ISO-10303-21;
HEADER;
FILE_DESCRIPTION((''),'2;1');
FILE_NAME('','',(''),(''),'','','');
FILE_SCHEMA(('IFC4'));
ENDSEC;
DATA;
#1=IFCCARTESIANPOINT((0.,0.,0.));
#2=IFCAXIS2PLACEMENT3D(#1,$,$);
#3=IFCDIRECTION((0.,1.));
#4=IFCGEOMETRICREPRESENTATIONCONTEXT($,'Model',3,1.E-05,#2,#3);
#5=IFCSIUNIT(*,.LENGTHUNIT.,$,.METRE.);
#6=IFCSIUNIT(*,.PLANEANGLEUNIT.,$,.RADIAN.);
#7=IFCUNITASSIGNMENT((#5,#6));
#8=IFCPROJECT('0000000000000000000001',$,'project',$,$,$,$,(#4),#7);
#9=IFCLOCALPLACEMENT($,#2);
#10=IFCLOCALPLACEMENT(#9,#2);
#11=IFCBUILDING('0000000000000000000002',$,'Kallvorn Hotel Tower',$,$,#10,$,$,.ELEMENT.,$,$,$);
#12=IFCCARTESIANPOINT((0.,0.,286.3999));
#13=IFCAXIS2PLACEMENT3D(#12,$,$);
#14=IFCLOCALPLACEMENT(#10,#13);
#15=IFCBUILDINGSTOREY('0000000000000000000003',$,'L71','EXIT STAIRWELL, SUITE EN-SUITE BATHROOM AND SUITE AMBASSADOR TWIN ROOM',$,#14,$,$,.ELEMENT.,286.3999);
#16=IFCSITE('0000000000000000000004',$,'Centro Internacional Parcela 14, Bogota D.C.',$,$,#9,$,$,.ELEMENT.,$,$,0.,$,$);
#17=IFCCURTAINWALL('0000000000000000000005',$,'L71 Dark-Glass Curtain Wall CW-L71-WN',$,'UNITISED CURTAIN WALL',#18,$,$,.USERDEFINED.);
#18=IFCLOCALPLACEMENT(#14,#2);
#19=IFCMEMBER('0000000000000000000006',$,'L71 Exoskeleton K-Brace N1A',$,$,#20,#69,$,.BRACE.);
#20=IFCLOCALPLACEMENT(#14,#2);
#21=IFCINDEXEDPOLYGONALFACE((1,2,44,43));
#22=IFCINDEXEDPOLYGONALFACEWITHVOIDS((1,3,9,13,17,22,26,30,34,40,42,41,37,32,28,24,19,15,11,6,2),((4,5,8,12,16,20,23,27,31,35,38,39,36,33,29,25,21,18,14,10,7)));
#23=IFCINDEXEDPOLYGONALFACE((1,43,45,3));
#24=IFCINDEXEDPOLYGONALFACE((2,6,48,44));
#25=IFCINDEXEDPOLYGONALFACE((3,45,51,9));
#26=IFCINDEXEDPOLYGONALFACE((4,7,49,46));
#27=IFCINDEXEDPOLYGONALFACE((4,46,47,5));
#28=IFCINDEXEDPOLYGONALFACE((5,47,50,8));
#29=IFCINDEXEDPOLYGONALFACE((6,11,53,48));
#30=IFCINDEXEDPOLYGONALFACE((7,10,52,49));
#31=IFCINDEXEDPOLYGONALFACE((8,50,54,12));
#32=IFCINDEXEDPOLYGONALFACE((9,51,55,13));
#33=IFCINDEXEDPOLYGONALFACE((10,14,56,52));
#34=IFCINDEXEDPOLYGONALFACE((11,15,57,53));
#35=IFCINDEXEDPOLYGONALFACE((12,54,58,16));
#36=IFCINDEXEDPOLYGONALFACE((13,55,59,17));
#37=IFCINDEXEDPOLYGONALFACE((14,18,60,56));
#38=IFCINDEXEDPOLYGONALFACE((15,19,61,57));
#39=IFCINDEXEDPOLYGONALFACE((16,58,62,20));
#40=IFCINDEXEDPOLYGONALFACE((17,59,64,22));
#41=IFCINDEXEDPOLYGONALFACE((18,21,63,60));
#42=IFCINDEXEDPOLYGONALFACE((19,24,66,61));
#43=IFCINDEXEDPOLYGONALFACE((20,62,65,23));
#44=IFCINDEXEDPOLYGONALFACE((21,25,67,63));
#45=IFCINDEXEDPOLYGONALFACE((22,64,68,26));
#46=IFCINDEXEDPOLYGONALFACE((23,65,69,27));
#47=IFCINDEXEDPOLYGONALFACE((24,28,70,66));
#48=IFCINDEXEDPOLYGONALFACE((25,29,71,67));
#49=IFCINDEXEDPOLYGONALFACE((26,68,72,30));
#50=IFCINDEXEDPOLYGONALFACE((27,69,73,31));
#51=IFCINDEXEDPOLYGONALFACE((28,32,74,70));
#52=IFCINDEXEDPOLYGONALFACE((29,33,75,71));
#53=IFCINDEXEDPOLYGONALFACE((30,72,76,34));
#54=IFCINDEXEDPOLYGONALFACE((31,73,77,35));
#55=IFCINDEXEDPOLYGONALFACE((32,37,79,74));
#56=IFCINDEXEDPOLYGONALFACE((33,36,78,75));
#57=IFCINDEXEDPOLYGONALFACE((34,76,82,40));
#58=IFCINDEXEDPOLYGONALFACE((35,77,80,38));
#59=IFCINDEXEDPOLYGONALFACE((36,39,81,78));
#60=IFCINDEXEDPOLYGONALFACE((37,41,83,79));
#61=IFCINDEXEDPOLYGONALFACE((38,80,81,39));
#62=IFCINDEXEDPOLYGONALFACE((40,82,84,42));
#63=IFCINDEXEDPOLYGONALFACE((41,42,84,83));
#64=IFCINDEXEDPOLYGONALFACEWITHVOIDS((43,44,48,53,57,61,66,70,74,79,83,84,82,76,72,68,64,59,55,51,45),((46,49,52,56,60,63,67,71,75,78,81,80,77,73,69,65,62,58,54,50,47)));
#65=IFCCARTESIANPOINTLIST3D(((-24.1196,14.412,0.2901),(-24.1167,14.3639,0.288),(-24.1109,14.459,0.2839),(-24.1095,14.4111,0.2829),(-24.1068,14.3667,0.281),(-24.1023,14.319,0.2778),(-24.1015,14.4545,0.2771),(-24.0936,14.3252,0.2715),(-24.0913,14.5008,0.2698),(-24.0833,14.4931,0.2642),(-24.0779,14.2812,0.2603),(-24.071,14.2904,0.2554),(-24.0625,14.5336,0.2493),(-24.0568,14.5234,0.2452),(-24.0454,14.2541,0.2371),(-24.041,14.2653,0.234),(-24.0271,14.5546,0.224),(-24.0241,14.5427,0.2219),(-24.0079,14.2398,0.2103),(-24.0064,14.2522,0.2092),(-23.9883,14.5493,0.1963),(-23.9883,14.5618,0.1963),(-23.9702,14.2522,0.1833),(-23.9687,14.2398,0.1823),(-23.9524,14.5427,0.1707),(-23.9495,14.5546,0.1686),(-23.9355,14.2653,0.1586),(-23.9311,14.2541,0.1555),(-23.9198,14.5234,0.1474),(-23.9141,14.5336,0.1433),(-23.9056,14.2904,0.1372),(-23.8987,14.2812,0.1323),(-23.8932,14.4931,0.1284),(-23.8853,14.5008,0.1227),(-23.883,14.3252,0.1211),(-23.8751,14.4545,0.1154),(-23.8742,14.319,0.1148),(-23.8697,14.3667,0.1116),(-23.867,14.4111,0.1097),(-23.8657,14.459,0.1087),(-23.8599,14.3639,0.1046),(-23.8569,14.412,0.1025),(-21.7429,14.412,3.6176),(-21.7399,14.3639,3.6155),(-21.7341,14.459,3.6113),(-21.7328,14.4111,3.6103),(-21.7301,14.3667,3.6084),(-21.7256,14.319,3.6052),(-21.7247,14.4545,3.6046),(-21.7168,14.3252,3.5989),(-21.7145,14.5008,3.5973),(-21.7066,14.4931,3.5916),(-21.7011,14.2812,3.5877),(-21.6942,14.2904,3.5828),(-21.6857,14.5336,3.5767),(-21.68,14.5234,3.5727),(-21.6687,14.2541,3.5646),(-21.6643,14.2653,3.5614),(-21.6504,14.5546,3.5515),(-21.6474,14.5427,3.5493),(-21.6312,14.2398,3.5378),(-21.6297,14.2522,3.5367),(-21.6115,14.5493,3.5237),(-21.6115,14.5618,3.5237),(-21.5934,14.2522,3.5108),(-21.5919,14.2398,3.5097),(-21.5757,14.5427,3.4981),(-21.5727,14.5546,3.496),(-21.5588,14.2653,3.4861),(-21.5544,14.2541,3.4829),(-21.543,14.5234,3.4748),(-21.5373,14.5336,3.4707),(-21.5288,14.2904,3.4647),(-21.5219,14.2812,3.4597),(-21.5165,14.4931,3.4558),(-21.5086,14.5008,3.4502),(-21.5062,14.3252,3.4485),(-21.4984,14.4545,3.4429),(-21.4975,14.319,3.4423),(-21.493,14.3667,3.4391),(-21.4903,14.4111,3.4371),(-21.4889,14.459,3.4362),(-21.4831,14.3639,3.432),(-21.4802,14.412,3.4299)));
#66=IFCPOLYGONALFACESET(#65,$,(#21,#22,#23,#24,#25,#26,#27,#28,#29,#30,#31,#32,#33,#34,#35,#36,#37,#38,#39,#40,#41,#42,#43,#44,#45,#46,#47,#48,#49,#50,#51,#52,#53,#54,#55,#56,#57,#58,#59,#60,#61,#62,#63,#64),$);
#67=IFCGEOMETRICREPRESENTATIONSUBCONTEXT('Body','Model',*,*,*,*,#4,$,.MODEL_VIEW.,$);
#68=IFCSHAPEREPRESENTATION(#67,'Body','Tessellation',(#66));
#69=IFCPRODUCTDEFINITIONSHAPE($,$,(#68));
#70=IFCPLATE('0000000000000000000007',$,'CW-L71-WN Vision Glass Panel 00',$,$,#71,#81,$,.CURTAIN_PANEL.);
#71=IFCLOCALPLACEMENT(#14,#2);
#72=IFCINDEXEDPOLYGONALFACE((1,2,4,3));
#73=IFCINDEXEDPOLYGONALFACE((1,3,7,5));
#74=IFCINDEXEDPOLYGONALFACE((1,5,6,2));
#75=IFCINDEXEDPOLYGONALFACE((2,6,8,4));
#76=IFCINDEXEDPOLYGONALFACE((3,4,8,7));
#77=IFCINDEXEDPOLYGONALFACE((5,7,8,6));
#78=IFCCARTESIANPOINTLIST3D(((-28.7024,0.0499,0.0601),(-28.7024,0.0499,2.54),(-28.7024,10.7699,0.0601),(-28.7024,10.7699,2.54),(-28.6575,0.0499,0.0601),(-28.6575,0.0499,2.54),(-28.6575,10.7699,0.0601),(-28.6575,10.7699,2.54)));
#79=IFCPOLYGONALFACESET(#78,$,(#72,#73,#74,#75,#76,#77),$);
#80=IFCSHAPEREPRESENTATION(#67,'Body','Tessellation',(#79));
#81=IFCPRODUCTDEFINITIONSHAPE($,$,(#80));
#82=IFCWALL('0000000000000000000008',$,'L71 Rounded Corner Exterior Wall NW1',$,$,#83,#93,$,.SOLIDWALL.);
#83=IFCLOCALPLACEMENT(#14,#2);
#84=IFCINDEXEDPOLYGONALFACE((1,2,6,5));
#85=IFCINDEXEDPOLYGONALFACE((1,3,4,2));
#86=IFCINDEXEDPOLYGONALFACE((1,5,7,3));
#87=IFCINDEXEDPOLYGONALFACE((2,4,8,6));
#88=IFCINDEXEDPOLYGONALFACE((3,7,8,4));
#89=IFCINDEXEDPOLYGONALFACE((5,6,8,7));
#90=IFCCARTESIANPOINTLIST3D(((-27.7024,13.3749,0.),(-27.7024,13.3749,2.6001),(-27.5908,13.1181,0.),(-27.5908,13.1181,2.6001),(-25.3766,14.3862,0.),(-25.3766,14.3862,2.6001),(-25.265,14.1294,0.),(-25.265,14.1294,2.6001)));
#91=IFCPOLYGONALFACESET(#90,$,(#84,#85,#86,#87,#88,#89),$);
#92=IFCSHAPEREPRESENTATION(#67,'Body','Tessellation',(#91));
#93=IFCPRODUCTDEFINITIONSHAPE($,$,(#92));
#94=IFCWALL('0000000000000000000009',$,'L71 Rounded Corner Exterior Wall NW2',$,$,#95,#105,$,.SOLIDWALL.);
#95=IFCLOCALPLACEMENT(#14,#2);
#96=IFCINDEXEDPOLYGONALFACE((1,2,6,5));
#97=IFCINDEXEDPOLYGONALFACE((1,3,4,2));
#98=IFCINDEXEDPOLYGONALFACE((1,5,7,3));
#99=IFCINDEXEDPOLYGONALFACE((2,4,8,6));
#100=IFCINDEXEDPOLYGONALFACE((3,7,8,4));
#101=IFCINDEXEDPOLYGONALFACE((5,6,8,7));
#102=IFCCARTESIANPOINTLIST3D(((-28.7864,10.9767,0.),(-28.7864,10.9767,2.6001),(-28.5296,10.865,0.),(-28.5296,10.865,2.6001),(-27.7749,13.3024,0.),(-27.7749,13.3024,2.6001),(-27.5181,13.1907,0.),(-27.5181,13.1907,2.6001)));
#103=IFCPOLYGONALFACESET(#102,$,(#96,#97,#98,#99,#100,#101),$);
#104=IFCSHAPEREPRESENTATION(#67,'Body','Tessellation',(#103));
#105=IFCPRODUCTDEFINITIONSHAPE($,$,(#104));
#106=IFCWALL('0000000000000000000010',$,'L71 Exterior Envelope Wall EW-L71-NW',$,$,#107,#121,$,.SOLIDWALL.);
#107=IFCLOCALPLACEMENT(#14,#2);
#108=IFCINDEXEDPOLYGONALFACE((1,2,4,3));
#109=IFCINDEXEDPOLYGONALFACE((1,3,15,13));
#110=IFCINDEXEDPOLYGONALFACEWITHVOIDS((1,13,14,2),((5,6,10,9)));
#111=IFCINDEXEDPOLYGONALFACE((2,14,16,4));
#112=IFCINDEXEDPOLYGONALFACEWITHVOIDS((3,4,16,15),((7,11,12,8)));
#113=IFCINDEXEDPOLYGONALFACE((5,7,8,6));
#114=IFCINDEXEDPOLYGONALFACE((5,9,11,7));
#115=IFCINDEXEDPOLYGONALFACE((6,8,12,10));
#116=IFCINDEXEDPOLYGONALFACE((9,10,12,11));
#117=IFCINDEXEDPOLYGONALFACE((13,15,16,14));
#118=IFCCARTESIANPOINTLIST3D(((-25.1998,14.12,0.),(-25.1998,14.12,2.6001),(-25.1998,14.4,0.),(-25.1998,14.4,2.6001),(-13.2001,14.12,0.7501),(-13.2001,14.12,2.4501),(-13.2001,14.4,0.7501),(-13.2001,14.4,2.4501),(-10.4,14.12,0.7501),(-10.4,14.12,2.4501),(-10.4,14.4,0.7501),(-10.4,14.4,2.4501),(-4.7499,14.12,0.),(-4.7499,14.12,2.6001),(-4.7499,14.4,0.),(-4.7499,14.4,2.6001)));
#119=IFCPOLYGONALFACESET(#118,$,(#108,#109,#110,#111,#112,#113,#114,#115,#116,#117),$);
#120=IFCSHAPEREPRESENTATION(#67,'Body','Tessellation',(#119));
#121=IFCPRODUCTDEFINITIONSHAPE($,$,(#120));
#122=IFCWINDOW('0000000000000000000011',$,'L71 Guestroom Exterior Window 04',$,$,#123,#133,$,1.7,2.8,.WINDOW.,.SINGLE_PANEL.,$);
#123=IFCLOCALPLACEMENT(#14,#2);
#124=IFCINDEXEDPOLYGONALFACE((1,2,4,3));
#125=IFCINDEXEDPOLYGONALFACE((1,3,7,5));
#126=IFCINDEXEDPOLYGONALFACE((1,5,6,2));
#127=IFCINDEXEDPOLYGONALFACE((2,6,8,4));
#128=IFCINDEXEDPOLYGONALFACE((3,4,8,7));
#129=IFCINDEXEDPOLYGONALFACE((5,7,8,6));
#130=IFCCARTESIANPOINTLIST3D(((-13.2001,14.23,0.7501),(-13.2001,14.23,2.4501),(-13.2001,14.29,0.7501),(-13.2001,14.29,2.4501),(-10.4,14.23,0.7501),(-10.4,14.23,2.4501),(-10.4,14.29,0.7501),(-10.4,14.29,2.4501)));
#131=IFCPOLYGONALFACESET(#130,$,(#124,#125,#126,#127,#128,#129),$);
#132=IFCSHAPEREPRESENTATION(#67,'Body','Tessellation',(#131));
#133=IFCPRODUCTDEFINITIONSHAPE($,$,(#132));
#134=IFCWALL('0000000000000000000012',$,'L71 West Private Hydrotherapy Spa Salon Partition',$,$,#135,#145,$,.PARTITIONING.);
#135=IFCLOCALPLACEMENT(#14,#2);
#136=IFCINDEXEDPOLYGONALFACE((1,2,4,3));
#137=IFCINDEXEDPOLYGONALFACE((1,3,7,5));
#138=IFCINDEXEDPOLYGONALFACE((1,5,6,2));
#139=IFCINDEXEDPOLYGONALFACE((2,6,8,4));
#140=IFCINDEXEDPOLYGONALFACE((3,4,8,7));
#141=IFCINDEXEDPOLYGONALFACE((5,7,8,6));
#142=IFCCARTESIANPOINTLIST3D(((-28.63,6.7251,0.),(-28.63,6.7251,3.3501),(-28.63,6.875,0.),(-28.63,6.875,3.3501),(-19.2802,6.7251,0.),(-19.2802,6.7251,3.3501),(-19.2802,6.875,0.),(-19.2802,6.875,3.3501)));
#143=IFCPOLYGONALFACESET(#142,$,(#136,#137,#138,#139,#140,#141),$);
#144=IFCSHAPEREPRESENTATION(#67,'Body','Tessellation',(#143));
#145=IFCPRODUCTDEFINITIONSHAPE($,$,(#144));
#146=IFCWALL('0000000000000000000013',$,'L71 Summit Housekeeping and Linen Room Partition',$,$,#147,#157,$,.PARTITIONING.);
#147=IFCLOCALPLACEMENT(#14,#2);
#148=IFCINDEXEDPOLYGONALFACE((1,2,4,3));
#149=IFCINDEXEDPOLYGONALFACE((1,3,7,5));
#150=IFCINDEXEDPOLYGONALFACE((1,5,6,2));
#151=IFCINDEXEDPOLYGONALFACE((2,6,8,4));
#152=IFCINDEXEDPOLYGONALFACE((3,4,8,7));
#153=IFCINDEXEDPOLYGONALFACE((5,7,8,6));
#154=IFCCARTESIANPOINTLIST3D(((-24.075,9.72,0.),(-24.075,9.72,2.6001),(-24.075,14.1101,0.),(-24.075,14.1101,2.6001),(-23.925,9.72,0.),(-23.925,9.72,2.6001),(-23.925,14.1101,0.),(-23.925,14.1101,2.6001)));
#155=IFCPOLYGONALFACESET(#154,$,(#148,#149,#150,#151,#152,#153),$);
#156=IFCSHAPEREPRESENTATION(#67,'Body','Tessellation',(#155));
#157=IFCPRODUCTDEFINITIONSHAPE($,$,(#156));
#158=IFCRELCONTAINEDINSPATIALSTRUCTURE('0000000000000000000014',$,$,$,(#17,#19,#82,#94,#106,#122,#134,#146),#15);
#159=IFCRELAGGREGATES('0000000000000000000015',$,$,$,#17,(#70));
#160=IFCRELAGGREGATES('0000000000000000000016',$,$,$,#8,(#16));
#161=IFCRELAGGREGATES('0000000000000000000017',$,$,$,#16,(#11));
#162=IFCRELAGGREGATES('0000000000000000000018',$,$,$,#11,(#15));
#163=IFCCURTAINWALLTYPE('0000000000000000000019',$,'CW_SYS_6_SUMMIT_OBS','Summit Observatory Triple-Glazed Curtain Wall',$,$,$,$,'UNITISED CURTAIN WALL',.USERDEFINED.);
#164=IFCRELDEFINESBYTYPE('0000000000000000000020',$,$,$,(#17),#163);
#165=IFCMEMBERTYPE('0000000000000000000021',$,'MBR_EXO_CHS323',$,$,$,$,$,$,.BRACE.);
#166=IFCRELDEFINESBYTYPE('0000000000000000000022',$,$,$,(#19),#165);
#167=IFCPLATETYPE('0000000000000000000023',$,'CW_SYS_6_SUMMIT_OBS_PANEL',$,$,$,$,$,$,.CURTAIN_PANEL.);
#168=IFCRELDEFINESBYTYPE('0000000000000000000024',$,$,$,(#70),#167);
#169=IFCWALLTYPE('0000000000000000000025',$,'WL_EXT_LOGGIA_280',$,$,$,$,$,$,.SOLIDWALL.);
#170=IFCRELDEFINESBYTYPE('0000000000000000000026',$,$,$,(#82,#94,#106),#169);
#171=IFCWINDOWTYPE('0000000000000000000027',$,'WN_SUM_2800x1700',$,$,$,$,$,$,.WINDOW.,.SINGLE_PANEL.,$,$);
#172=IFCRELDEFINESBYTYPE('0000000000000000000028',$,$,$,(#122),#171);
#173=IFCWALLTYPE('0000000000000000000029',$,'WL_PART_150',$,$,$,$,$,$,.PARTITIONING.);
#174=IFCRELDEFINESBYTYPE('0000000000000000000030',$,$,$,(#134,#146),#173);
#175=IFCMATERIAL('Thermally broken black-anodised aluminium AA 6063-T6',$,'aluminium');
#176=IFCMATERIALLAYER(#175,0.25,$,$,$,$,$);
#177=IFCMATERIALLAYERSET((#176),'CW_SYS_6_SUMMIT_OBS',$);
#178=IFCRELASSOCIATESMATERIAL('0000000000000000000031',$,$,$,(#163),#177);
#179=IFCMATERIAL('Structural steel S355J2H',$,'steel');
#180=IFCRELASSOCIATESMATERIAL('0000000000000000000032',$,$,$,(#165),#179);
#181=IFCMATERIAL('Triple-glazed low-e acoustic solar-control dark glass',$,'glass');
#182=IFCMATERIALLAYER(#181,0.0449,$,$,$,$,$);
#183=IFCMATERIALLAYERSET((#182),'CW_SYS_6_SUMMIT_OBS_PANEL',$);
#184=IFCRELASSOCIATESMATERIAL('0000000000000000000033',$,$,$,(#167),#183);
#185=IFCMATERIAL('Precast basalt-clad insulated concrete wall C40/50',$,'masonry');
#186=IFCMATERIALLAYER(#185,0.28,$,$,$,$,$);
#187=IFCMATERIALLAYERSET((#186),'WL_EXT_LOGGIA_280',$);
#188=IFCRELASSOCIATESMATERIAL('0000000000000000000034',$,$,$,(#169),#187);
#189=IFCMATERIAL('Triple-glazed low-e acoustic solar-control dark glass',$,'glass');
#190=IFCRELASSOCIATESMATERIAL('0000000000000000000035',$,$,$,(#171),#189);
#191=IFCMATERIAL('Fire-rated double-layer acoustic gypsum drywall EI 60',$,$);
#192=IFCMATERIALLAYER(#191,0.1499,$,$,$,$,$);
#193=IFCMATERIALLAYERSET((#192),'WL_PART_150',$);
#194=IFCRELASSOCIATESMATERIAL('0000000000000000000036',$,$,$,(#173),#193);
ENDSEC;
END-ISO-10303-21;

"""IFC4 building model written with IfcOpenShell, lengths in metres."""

from ifc_helpers import new_model, si_unit, direction, frame, frame_2d, origin, origin_2d, place, context, subcontext, project, spatial, rectangle, hollow_circle, extrude, material, layer, layer_set, material_profile, profile_set, type_object, element, fill, aggregate, save


model = new_model("IFC4")

# Units and contexts
model_context = context("Model", 3, precision=1e-05, world=origin(), true_north=direction((0.0, 1.0)))
body_context = subcontext(model_context, "Body", "Model", "MODEL_VIEW")
ifc_project = project(units=[si_unit("LENGTHUNIT", "METRE"), si_unit("PLANEANGLEUNIT", "RADIAN")], contexts=[model_context])

# Site, building, storey
site_placement = place(None, origin())
site = spatial("IfcSite", under=ifc_project, at=site_placement, Name="Centro Internacional Parcela 14, Bogota D.C.", CompositionType="ELEMENT", RefElevation=0.0)
building_placement = place(site_placement, origin())
building = spatial("IfcBuilding", under=site, at=building_placement, Name="Kallvorn Hotel Tower", CompositionType="ELEMENT")
storey_placement = place(building_placement, frame((0.0, 0.0, 286.3999)))
storey = spatial("IfcBuildingStorey", under=building, at=storey_placement, Name="L71", Description="EXIT STAIRWELL, SUITE EN-SUITE BATHROOM AND SUITE AMBASSADOR TWIN ROOM", CompositionType="ELEMENT", Elevation=286.3999)

# Curtain wall
ifc_material_1 = material(Name="Thermally broken black-anodised aluminium AA 6063-T6", Category="aluminium")
ifc_layer_1 = layer(ifc_material_1, 0.25)
ifc_layer_set_1 = layer_set([ifc_layer_1], Name="CW_SYS_6_SUMMIT_OBS")
curtain_wall_type = type_object("IfcCurtainWallType", Name="CW_SYS_6_SUMMIT_OBS", Description="Summit Observatory Triple-Glazed Curtain Wall", ElementType="UNITISED CURTAIN WALL", PredefinedType="USERDEFINED", material=ifc_layer_set_1)
curtain_wall_placement = place(storey_placement, origin())
curtain_wall = element("IfcCurtainWall", 1, at=curtain_wall_placement, inside=storey, type_object=curtain_wall_type, Name="L71 Dark-Glass Curtain Wall CW-L71-WN", ObjectType="UNITISED CURTAIN WALL", PredefinedType="USERDEFINED")

# Member
ifc_material_2 = material(Name="Structural steel S355J2H", Category="steel")
ifc_material_profile_1 = material_profile(ifc_material_2, hollow_circle(Radius=0.1619, WallThickness=0.0125, at=origin_2d()), Name="CHS 323.9x12.5")
ifc_profile_set_1 = profile_set([ifc_material_profile_1], Name="Structural steel S355J2H")
member_type_1 = type_object("IfcMemberType", Name="MBR_EXO_CHS323", PredefinedType="BRACE", material=ifc_profile_set_1)
member_1_placement = place(storey_placement, frame((-23.9883, 14.3999, 0.1963), z_axis=(0.581238, 0.0, 0.813733), x_axis=(0.0, 1.0, 0.0)))
element("IfcMember", 2, at=member_1_placement, inside=storey, type_object=member_type_1, Name="L71 Exoskeleton K-Brace N1A", PredefinedType="BRACE", context=body_context, shape_type="SweptSolid", body=[
    extrude(hollow_circle(Radius=0.1619, WallThickness=0.0125, at=origin_2d()), origin(), (0.0, 0.0, 1.0), 4.0891),
])

# Plate
ifc_material_3 = material(Name="Triple-glazed low-e acoustic solar-control dark glass", Category="glass")
ifc_layer_2 = layer(ifc_material_3, 0.0449)
ifc_layer_set_2 = layer_set([ifc_layer_2], Name="CW_SYS_6_SUMMIT_OBS_PANEL")
plate_type = type_object("IfcPlateType", Name="CW_SYS_6_SUMMIT_OBS_PANEL", PredefinedType="CURTAIN_PANEL", material=ifc_layer_set_2)
plate_placement = place(storey_placement, frame((-28.6799, 5.4099, 0.0601), z_axis=(0.0, 0.0, 1.0), x_axis=(0.0, 1.0, 0.0)))
plate = element("IfcPlate", 3, at=plate_placement, type_object=plate_type, Name="CW-L71-WN Vision Glass Panel 00", PredefinedType="CURTAIN_PANEL", context=body_context, shape_type="SweptSolid", body=[
    extrude(rectangle(XDim=10.72, YDim=0.0449, at=origin_2d()), origin(), (0.0, 0.0, 1.0), 2.48),
])
aggregate(curtain_wall, [plate])

# Walls
ifc_material_4 = material(Name="Precast basalt-clad insulated concrete wall C40/50", Category="masonry")
ifc_layer_3 = layer(ifc_material_4, 0.28)
ifc_layer_set_3 = layer_set([ifc_layer_3], Name="WL_EXT_LOGGIA_280")
wall_type_1 = type_object("IfcWallType", Name="WL_EXT_LOGGIA_280", PredefinedType="SOLIDWALL", material=ifc_layer_set_3)
for number, where, z_axis, x_axis, name in (
    (4, (-25.3208, 14.2578, 0.0), (0.0, 0.0, 1.0), (-0.917061, -0.398747, 0.0), "L71 Rounded Corner Exterior Wall NW1"),
    (5, (-27.6465, 13.2466, 0.0), (0.0, 0.0, 1.0), (-0.398828, -0.917026, 0.0), "L71 Rounded Corner Exterior Wall NW2"),
):
    element("IfcWall", number, at=place(storey_placement, frame(where, z_axis=z_axis, x_axis=x_axis)), inside=storey, type_object=wall_type_1, Name=name, PredefinedType="SOLIDWALL", context=body_context, shape_type="SweptSolid", body=[
        extrude(rectangle(XDim=2.5361, YDim=0.28, at=frame_2d((1.2681, 0.0))), origin(), (0.0, 0.0, 1.0), 2.6001),
    ])

# Wall, opening, window
wall_1_placement = place(storey_placement, frame((-25.2, 14.26, 0.0), z_axis=(0.0, 0.0, 1.0), x_axis=(1.0, 0.0, 0.0)))
wall_1 = element("IfcWall", 6, at=wall_1_placement, inside=storey, type_object=wall_type_1, Name="L71 Exterior Envelope Wall EW-L71-NW", PredefinedType="SOLIDWALL", context=body_context, shape_type="SweptSolid", body=[
    extrude(rectangle(XDim=20.45, YDim=0.28, at=frame_2d((10.2251, 0.0))), origin(), (0.0, 0.0, 1.0), 2.6001),
])
opening_placement = place(wall_1_placement, frame((12.0, 0.0, 0.75)))
opening = element("IfcOpeningElement", 7, at=opening_placement, cuts=wall_1, PredefinedType="OPENING", context=body_context, shape_type="SweptSolid", body=[
    extrude(rectangle(XDim=2.8, YDim=1.7, at=frame_2d((1.3999, 0.8501))), frame((0.0, 0.155, 0.0), z_axis=(0.0, -1.0, 0.0), x_axis=(1.0, 0.0, 0.0)), (0.0, 0.0, 1.0), 0.3101),
])
ifc_material_5 = material(Name="Triple-glazed low-e acoustic solar-control dark glass", Category="glass")
window_type = type_object("IfcWindowType", Name="WN_SUM_2800x1700", PartitioningType="SINGLE_PANEL", PredefinedType="WINDOW", material=ifc_material_5)
window_placement = place(opening_placement, origin())
window = element("IfcWindow", 8, at=window_placement, inside=storey, type_object=window_type, Name="L71 Guestroom Exterior Window 04", OverallHeight=1.7, OverallWidth=2.8, PartitioningType="SINGLE_PANEL", PredefinedType="WINDOW", context=body_context, shape_type="SweptSolid", body=[
    extrude(rectangle(XDim=2.8, YDim=1.7, at=frame_2d((1.3999, 0.8501))), frame((0.0, 0.03, 0.0), z_axis=(0.0, -1.0, 0.0), x_axis=(1.0, 0.0, 0.0)), (0.0, 0.0, 1.0), 0.0601),
])
fill(opening, window)

# Walls
ifc_material_6 = material(Name="Fire-rated double-layer acoustic gypsum drywall EI 60")
ifc_layer_4 = layer(ifc_material_6, 0.1499)
ifc_layer_set_4 = layer_set([ifc_layer_4], Name="WL_PART_150")
wall_type_2 = type_object("IfcWallType", Name="WL_PART_150", PredefinedType="PARTITIONING", material=ifc_layer_set_4)
wall_2_placement = place(storey_placement, frame((-28.6299, 6.8, 0.0), z_axis=(0.0, 0.0, 1.0), x_axis=(1.0, 0.0, 0.0)))
element("IfcWall", 9, at=wall_2_placement, inside=storey, type_object=wall_type_2, Name="L71 West Private Hydrotherapy Spa Salon Partition", PredefinedType="PARTITIONING", context=body_context, shape_type="SweptSolid", body=[
    extrude(rectangle(XDim=9.3499, YDim=0.1499, at=frame_2d((4.6748, 0.0))), origin(), (0.0, 0.0, 1.0), 3.3501),
])
wall_3_placement = place(storey_placement, frame((-24.0, 9.72, 0.0), z_axis=(0.0, 0.0, 1.0), x_axis=(0.0, 1.0, 0.0)))
element("IfcWall", 10, at=wall_3_placement, inside=storey, type_object=wall_type_2, Name="L71 Summit Housekeeping and Linen Room Partition", PredefinedType="PARTITIONING", context=body_context, shape_type="SweptSolid", body=[
    extrude(rectangle(XDim=4.3901, YDim=0.1499, at=frame_2d((2.1951, 0.0))), origin(), (0.0, 0.0, 1.0), 2.6001),
])

save(model, "model.ifc")
